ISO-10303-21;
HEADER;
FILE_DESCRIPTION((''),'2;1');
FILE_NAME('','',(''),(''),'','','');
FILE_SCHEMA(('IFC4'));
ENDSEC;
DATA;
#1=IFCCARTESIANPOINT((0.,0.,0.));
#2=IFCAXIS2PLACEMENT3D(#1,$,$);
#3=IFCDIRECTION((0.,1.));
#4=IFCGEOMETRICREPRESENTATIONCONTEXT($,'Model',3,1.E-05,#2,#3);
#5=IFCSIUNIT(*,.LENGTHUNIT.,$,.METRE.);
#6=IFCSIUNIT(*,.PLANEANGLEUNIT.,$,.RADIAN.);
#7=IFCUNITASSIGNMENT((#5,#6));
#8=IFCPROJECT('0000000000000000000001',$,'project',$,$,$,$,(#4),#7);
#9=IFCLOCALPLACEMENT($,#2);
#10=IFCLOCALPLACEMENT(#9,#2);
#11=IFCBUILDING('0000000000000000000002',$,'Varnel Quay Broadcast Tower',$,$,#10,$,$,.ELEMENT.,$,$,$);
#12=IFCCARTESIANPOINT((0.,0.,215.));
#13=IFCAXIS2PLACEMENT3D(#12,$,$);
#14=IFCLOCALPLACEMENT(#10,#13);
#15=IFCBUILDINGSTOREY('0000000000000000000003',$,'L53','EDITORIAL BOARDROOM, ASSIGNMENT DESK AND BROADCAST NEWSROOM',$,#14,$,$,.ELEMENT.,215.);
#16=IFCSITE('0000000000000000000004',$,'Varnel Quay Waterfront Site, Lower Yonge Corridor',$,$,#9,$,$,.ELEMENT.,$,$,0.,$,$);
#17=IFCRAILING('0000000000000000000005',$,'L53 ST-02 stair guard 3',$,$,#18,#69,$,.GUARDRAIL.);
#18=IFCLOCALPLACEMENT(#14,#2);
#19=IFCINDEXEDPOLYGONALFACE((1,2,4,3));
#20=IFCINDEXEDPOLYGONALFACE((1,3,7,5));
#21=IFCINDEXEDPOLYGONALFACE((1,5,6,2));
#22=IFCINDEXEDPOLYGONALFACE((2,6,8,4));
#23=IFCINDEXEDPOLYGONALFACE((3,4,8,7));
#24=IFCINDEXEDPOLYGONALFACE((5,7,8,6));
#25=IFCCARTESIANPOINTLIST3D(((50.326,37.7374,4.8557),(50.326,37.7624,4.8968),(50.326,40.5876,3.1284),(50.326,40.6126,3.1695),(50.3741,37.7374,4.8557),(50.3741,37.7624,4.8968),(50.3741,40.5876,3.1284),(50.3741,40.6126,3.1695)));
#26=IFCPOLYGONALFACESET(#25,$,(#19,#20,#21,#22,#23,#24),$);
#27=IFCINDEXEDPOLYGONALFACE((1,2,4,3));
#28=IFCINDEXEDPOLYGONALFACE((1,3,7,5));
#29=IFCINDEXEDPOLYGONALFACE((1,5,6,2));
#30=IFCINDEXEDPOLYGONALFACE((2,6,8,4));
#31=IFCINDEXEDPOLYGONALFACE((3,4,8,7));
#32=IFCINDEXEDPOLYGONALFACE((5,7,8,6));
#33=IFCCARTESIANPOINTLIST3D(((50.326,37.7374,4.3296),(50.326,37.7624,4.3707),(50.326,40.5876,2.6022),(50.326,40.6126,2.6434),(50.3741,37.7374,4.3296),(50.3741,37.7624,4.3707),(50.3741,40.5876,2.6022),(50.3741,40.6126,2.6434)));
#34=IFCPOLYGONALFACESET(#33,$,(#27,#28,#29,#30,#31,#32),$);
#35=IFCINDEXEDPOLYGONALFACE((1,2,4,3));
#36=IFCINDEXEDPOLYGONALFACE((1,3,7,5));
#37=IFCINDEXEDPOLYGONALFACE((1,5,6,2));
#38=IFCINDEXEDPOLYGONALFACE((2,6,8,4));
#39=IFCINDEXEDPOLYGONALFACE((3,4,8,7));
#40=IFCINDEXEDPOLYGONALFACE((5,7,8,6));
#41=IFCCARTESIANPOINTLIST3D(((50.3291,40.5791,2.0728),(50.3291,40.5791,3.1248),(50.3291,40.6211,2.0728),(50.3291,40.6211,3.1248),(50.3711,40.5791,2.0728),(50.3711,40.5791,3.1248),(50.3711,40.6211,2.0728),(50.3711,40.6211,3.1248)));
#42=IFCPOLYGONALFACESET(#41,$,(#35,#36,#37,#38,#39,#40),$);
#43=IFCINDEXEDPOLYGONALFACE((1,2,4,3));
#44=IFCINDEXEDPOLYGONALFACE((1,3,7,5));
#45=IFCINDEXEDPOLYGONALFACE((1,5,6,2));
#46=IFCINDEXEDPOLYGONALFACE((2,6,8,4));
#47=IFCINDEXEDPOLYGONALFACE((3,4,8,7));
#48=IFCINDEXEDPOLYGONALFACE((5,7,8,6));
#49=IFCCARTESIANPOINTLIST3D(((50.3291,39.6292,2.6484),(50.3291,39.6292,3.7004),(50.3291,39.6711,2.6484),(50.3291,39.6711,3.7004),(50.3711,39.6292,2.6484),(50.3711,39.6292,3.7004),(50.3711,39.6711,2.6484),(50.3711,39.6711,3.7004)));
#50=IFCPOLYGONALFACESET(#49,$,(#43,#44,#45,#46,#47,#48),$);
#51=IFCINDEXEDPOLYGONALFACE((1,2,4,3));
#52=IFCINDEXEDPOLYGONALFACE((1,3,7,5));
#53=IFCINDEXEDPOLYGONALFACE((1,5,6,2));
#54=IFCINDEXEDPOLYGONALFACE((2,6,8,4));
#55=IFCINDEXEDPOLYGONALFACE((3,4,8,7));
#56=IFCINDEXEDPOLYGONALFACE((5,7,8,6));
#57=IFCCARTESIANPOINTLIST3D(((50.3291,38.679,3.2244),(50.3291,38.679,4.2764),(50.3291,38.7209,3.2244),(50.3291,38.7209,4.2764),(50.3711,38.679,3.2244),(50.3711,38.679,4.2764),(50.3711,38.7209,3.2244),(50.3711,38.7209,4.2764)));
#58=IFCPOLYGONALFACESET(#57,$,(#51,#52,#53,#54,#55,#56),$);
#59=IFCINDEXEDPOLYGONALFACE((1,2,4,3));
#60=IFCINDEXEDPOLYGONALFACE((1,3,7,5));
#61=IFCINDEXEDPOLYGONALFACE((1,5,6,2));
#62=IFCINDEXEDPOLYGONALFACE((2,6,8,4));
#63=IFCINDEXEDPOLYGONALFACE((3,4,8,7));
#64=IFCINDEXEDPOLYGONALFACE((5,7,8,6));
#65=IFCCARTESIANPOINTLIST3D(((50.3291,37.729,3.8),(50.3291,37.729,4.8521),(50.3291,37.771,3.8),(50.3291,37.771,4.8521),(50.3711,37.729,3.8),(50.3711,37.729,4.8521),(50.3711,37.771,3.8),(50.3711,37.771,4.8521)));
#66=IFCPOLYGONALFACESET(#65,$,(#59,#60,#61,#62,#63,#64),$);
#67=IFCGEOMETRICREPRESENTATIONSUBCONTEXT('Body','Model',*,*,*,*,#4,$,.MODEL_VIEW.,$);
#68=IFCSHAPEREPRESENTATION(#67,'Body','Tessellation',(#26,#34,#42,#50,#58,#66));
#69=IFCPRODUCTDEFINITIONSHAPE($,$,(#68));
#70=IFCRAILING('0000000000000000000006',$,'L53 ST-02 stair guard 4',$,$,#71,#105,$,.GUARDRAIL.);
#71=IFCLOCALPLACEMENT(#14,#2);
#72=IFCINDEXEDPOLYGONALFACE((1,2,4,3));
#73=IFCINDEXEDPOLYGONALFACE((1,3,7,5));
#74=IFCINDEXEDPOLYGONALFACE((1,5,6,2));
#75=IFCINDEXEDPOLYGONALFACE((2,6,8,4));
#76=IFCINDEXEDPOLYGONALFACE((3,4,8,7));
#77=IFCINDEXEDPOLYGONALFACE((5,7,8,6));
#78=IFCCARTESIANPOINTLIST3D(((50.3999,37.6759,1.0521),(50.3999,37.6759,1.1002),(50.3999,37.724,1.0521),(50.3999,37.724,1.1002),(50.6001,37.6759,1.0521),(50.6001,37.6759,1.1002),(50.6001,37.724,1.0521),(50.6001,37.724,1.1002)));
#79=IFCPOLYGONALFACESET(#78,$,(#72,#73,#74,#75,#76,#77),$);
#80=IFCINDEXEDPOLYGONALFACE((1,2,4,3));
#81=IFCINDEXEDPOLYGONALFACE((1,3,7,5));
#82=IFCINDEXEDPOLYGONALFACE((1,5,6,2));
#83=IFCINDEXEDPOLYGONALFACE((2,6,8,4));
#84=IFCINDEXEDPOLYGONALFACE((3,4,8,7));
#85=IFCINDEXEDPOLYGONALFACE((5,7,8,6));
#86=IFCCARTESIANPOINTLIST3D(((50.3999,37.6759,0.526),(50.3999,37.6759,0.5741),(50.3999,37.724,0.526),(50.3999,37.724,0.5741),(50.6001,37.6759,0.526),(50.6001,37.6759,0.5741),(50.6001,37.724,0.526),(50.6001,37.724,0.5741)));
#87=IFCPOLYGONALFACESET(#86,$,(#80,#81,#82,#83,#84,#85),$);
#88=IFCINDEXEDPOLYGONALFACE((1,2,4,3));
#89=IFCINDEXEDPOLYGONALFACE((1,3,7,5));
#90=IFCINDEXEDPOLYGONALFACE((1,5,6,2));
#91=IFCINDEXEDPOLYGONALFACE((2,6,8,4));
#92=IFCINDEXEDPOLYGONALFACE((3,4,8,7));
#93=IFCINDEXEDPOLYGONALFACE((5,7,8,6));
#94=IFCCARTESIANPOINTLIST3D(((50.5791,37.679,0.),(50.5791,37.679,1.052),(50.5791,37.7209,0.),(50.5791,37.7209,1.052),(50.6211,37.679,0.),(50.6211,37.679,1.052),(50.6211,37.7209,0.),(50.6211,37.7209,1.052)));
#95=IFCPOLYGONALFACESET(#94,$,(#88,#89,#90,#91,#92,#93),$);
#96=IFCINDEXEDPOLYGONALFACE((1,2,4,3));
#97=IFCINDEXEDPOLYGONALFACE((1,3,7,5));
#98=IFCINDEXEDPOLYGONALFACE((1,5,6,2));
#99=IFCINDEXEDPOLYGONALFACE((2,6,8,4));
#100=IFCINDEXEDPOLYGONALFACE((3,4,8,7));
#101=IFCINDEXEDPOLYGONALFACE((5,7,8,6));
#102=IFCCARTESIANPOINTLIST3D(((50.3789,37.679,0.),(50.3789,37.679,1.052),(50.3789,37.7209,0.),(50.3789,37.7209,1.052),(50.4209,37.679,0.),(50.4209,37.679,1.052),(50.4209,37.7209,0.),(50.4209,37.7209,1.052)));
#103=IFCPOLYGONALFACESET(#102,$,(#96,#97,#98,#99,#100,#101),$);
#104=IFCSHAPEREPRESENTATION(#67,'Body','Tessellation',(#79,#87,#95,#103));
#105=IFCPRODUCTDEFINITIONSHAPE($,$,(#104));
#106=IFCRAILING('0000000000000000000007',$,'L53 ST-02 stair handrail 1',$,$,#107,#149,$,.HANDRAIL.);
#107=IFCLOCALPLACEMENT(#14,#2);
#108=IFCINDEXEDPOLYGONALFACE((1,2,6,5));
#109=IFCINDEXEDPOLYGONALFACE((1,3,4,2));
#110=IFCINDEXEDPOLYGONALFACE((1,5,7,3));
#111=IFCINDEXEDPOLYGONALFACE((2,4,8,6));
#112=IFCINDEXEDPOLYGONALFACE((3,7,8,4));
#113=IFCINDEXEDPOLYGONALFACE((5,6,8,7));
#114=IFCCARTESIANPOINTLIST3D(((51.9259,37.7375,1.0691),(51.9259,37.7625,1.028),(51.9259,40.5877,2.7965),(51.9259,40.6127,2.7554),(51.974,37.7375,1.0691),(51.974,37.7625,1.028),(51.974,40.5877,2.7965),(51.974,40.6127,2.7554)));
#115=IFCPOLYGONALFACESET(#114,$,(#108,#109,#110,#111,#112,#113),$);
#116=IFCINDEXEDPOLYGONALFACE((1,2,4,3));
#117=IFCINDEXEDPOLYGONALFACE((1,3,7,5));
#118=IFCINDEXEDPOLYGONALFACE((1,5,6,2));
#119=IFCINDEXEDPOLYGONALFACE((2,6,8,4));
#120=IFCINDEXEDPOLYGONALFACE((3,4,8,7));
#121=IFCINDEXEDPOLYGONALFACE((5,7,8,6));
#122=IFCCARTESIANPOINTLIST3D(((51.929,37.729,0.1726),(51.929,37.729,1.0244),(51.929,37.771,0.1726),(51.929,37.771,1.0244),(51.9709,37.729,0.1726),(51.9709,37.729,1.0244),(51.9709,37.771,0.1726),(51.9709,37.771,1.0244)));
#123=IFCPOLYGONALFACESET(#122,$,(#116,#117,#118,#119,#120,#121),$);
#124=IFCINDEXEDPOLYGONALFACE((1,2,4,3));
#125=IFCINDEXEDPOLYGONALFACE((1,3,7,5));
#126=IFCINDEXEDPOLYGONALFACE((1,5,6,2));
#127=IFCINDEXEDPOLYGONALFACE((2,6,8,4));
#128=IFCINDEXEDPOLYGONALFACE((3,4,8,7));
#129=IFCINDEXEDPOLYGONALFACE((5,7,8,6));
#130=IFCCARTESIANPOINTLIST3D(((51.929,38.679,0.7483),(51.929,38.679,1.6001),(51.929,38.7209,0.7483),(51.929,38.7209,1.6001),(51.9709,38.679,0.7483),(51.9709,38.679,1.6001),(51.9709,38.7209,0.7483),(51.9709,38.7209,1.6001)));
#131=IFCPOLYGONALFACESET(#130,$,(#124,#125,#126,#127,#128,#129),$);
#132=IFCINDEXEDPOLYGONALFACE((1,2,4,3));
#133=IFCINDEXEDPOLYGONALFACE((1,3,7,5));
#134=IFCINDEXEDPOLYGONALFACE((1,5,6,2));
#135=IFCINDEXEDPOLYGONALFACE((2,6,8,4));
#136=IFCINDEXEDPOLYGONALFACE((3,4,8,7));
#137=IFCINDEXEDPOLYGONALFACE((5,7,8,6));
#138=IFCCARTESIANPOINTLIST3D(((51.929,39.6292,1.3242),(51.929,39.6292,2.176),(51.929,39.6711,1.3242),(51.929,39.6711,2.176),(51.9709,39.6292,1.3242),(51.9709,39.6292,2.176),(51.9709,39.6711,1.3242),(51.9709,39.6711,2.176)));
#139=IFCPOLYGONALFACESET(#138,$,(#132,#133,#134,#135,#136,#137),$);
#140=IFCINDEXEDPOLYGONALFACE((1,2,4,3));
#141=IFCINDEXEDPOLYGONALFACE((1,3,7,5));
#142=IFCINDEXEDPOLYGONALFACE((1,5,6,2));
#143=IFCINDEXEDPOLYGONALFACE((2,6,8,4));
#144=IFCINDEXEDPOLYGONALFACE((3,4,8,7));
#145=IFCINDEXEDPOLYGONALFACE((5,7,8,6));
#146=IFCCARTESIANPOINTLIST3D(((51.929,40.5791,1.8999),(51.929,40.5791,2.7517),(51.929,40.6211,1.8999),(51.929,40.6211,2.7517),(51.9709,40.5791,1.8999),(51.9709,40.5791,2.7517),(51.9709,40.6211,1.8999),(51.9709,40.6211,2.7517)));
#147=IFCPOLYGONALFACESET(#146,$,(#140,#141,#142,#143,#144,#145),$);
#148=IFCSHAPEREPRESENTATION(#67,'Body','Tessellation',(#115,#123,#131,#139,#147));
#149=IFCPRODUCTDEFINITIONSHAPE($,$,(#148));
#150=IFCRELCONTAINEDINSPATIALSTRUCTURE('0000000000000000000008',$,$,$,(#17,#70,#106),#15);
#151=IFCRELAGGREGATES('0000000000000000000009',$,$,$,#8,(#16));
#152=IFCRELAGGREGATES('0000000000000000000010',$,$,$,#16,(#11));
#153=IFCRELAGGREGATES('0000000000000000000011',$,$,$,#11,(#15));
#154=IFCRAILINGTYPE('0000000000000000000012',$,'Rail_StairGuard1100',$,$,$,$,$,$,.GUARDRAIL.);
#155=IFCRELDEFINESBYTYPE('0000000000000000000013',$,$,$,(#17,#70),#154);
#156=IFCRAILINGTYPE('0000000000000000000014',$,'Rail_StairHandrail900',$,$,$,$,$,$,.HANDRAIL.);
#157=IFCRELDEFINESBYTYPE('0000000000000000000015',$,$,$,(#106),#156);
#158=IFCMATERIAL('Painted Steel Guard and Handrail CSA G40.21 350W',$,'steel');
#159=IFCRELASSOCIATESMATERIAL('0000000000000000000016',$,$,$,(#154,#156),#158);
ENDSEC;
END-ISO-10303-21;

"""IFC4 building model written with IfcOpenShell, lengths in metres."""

from ifc_helpers import new_model, si_unit, direction, frame, origin, origin_2d, place, context, subcontext, project, spatial, rectangle, extrude, material, type_object, element, save


model = new_model("IFC4")

# Units and contexts
model_context = context("Model", 3, precision=1e-05, world=origin(), true_north=direction((0.0, 1.0)))
body_context = subcontext(model_context, "Body", "Model", "MODEL_VIEW")
ifc_project = project(units=[si_unit("LENGTHUNIT", "METRE"), si_unit("PLANEANGLEUNIT", "RADIAN")], contexts=[model_context])

# Site, building, storey
site_placement = place(None, origin())
site = spatial("IfcSite", under=ifc_project, at=site_placement, Name="Varnel Quay Waterfront Site, Lower Yonge Corridor", CompositionType="ELEMENT", RefElevation=0.0)
building_placement = place(site_placement, origin())
building = spatial("IfcBuilding", under=site, at=building_placement, Name="Varnel Quay Broadcast Tower", CompositionType="ELEMENT")
storey_placement = place(building_placement, frame((0.0, 0.0, 215.0)))
storey = spatial("IfcBuildingStorey", under=building, at=storey_placement, Name="L53", Description="EDITORIAL BOARDROOM, ASSIGNMENT DESK AND BROADCAST NEWSROOM", CompositionType="ELEMENT", Elevation=215.0)

# Railings
ifc_material_1 = material(Name="Painted Steel Guard and Handrail CSA G40.21 350W", Category="steel")
railing_type_1 = type_object("IfcRailingType", Name="Rail_StairGuard1100", PredefinedType="GUARDRAIL", material=ifc_material_1)
railing_1_placement = place(storey_placement, frame((50.3501, 40.6001, 2.0728)))
element("IfcRailing", 1, at=railing_1_placement, inside=storey, type_object=railing_type_1, Name="L53 ST-02 stair guard 3", PredefinedType="GUARDRAIL", context=body_context, shape_type="SweptSolid", body=[
    extrude(rectangle(XDim=0.0481, YDim=0.0481, at=origin_2d()), frame((0.0, 0.0, 1.0762), z_axis=(0.0, -0.855203, 0.518294), x_axis=(1.0, 0.0, 0.0)), (0.0, 0.0, 1.0), 3.3328),
    extrude(rectangle(XDim=0.0481, YDim=0.0481, at=origin_2d()), frame((0.0, 0.0, 0.55), z_axis=(0.0, -0.855203, 0.518294), x_axis=(1.0, 0.0, 0.0)), (0.0, 0.0, 1.0), 3.3328),
    extrude(rectangle(XDim=0.042, YDim=0.042, at=origin_2d()), origin(), (0.0, 0.0, 1.0), 1.052),
    extrude(rectangle(XDim=0.042, YDim=0.042, at=origin_2d()), frame((0.0, -0.95, 0.5757)), (0.0, 0.0, 1.0), 1.052),
    extrude(rectangle(XDim=0.042, YDim=0.042, at=origin_2d()), frame((0.0, -1.9001, 1.1516)), (0.0, 0.0, 1.0), 1.052),
    extrude(rectangle(XDim=0.042, YDim=0.042, at=origin_2d()), frame((0.0, -2.8501, 1.7273)), (0.0, 0.0, 1.0), 1.052),
])
railing_2_placement = place(storey_placement, frame((50.6001, 37.7, 0.0)))
element("IfcRailing", 2, at=railing_2_placement, inside=storey, type_object=railing_type_1, Name="L53 ST-02 stair guard 4", PredefinedType="GUARDRAIL", context=body_context, shape_type="SweptSolid", body=[
    extrude(rectangle(XDim=0.0481, YDim=0.0481, at=origin_2d()), frame((0.0, 0.0, 1.0762), z_axis=(-1.0, 0.0, 0.0), x_axis=(0.0, -1.0, 0.0)), (0.0, 0.0, 1.0), 0.2002),
    extrude(rectangle(XDim=0.0481, YDim=0.0481, at=origin_2d()), frame((0.0, 0.0, 0.55), z_axis=(-1.0, 0.0, 0.0), x_axis=(0.0, -1.0, 0.0)), (0.0, 0.0, 1.0), 0.2002),
    extrude(rectangle(XDim=0.042, YDim=0.042, at=origin_2d()), origin(), (0.0, 0.0, 1.0), 1.052),
    extrude(rectangle(XDim=0.042, YDim=0.042, at=origin_2d()), frame((-0.2002, 0.0, 0.0)), (0.0, 0.0, 1.0), 1.052),
])
railing_type_2 = type_object("IfcRailingType", Name="Rail_StairHandrail900", PredefinedType="HANDRAIL", material=ifc_material_1)
railing_3_placement = place(storey_placement, frame((51.95, 37.75, 0.1726)))
element("IfcRailing", 3, at=railing_3_placement, inside=storey, type_object=railing_type_2, Name="L53 ST-02 stair handrail 1", PredefinedType="HANDRAIL", context=body_context, shape_type="SweptSolid", body=[
    extrude(rectangle(XDim=0.0481, YDim=0.0481, at=origin_2d()), frame((0.0, 0.0, 0.876), z_axis=(0.0, 0.855203, 0.518294), x_axis=(-1.0, 0.0, 0.0)), (0.0, 0.0, 1.0), 3.3328),
    extrude(rectangle(XDim=0.042, YDim=0.042, at=origin_2d()), origin(), (0.0, 0.0, 1.0), 0.8518),
    extrude(rectangle(XDim=0.042, YDim=0.042, at=origin_2d()), frame((0.0, 0.95, 0.5757)), (0.0, 0.0, 1.0), 0.8518),
    extrude(rectangle(XDim=0.042, YDim=0.042, at=origin_2d()), frame((0.0, 1.9001, 1.1516)), (0.0, 0.0, 1.0), 0.8518),
    extrude(rectangle(XDim=0.042, YDim=0.042, at=origin_2d()), frame((0.0, 2.8501, 1.7273)), (0.0, 0.0, 1.0), 0.8518),
])

save(model, "model.ifc")
